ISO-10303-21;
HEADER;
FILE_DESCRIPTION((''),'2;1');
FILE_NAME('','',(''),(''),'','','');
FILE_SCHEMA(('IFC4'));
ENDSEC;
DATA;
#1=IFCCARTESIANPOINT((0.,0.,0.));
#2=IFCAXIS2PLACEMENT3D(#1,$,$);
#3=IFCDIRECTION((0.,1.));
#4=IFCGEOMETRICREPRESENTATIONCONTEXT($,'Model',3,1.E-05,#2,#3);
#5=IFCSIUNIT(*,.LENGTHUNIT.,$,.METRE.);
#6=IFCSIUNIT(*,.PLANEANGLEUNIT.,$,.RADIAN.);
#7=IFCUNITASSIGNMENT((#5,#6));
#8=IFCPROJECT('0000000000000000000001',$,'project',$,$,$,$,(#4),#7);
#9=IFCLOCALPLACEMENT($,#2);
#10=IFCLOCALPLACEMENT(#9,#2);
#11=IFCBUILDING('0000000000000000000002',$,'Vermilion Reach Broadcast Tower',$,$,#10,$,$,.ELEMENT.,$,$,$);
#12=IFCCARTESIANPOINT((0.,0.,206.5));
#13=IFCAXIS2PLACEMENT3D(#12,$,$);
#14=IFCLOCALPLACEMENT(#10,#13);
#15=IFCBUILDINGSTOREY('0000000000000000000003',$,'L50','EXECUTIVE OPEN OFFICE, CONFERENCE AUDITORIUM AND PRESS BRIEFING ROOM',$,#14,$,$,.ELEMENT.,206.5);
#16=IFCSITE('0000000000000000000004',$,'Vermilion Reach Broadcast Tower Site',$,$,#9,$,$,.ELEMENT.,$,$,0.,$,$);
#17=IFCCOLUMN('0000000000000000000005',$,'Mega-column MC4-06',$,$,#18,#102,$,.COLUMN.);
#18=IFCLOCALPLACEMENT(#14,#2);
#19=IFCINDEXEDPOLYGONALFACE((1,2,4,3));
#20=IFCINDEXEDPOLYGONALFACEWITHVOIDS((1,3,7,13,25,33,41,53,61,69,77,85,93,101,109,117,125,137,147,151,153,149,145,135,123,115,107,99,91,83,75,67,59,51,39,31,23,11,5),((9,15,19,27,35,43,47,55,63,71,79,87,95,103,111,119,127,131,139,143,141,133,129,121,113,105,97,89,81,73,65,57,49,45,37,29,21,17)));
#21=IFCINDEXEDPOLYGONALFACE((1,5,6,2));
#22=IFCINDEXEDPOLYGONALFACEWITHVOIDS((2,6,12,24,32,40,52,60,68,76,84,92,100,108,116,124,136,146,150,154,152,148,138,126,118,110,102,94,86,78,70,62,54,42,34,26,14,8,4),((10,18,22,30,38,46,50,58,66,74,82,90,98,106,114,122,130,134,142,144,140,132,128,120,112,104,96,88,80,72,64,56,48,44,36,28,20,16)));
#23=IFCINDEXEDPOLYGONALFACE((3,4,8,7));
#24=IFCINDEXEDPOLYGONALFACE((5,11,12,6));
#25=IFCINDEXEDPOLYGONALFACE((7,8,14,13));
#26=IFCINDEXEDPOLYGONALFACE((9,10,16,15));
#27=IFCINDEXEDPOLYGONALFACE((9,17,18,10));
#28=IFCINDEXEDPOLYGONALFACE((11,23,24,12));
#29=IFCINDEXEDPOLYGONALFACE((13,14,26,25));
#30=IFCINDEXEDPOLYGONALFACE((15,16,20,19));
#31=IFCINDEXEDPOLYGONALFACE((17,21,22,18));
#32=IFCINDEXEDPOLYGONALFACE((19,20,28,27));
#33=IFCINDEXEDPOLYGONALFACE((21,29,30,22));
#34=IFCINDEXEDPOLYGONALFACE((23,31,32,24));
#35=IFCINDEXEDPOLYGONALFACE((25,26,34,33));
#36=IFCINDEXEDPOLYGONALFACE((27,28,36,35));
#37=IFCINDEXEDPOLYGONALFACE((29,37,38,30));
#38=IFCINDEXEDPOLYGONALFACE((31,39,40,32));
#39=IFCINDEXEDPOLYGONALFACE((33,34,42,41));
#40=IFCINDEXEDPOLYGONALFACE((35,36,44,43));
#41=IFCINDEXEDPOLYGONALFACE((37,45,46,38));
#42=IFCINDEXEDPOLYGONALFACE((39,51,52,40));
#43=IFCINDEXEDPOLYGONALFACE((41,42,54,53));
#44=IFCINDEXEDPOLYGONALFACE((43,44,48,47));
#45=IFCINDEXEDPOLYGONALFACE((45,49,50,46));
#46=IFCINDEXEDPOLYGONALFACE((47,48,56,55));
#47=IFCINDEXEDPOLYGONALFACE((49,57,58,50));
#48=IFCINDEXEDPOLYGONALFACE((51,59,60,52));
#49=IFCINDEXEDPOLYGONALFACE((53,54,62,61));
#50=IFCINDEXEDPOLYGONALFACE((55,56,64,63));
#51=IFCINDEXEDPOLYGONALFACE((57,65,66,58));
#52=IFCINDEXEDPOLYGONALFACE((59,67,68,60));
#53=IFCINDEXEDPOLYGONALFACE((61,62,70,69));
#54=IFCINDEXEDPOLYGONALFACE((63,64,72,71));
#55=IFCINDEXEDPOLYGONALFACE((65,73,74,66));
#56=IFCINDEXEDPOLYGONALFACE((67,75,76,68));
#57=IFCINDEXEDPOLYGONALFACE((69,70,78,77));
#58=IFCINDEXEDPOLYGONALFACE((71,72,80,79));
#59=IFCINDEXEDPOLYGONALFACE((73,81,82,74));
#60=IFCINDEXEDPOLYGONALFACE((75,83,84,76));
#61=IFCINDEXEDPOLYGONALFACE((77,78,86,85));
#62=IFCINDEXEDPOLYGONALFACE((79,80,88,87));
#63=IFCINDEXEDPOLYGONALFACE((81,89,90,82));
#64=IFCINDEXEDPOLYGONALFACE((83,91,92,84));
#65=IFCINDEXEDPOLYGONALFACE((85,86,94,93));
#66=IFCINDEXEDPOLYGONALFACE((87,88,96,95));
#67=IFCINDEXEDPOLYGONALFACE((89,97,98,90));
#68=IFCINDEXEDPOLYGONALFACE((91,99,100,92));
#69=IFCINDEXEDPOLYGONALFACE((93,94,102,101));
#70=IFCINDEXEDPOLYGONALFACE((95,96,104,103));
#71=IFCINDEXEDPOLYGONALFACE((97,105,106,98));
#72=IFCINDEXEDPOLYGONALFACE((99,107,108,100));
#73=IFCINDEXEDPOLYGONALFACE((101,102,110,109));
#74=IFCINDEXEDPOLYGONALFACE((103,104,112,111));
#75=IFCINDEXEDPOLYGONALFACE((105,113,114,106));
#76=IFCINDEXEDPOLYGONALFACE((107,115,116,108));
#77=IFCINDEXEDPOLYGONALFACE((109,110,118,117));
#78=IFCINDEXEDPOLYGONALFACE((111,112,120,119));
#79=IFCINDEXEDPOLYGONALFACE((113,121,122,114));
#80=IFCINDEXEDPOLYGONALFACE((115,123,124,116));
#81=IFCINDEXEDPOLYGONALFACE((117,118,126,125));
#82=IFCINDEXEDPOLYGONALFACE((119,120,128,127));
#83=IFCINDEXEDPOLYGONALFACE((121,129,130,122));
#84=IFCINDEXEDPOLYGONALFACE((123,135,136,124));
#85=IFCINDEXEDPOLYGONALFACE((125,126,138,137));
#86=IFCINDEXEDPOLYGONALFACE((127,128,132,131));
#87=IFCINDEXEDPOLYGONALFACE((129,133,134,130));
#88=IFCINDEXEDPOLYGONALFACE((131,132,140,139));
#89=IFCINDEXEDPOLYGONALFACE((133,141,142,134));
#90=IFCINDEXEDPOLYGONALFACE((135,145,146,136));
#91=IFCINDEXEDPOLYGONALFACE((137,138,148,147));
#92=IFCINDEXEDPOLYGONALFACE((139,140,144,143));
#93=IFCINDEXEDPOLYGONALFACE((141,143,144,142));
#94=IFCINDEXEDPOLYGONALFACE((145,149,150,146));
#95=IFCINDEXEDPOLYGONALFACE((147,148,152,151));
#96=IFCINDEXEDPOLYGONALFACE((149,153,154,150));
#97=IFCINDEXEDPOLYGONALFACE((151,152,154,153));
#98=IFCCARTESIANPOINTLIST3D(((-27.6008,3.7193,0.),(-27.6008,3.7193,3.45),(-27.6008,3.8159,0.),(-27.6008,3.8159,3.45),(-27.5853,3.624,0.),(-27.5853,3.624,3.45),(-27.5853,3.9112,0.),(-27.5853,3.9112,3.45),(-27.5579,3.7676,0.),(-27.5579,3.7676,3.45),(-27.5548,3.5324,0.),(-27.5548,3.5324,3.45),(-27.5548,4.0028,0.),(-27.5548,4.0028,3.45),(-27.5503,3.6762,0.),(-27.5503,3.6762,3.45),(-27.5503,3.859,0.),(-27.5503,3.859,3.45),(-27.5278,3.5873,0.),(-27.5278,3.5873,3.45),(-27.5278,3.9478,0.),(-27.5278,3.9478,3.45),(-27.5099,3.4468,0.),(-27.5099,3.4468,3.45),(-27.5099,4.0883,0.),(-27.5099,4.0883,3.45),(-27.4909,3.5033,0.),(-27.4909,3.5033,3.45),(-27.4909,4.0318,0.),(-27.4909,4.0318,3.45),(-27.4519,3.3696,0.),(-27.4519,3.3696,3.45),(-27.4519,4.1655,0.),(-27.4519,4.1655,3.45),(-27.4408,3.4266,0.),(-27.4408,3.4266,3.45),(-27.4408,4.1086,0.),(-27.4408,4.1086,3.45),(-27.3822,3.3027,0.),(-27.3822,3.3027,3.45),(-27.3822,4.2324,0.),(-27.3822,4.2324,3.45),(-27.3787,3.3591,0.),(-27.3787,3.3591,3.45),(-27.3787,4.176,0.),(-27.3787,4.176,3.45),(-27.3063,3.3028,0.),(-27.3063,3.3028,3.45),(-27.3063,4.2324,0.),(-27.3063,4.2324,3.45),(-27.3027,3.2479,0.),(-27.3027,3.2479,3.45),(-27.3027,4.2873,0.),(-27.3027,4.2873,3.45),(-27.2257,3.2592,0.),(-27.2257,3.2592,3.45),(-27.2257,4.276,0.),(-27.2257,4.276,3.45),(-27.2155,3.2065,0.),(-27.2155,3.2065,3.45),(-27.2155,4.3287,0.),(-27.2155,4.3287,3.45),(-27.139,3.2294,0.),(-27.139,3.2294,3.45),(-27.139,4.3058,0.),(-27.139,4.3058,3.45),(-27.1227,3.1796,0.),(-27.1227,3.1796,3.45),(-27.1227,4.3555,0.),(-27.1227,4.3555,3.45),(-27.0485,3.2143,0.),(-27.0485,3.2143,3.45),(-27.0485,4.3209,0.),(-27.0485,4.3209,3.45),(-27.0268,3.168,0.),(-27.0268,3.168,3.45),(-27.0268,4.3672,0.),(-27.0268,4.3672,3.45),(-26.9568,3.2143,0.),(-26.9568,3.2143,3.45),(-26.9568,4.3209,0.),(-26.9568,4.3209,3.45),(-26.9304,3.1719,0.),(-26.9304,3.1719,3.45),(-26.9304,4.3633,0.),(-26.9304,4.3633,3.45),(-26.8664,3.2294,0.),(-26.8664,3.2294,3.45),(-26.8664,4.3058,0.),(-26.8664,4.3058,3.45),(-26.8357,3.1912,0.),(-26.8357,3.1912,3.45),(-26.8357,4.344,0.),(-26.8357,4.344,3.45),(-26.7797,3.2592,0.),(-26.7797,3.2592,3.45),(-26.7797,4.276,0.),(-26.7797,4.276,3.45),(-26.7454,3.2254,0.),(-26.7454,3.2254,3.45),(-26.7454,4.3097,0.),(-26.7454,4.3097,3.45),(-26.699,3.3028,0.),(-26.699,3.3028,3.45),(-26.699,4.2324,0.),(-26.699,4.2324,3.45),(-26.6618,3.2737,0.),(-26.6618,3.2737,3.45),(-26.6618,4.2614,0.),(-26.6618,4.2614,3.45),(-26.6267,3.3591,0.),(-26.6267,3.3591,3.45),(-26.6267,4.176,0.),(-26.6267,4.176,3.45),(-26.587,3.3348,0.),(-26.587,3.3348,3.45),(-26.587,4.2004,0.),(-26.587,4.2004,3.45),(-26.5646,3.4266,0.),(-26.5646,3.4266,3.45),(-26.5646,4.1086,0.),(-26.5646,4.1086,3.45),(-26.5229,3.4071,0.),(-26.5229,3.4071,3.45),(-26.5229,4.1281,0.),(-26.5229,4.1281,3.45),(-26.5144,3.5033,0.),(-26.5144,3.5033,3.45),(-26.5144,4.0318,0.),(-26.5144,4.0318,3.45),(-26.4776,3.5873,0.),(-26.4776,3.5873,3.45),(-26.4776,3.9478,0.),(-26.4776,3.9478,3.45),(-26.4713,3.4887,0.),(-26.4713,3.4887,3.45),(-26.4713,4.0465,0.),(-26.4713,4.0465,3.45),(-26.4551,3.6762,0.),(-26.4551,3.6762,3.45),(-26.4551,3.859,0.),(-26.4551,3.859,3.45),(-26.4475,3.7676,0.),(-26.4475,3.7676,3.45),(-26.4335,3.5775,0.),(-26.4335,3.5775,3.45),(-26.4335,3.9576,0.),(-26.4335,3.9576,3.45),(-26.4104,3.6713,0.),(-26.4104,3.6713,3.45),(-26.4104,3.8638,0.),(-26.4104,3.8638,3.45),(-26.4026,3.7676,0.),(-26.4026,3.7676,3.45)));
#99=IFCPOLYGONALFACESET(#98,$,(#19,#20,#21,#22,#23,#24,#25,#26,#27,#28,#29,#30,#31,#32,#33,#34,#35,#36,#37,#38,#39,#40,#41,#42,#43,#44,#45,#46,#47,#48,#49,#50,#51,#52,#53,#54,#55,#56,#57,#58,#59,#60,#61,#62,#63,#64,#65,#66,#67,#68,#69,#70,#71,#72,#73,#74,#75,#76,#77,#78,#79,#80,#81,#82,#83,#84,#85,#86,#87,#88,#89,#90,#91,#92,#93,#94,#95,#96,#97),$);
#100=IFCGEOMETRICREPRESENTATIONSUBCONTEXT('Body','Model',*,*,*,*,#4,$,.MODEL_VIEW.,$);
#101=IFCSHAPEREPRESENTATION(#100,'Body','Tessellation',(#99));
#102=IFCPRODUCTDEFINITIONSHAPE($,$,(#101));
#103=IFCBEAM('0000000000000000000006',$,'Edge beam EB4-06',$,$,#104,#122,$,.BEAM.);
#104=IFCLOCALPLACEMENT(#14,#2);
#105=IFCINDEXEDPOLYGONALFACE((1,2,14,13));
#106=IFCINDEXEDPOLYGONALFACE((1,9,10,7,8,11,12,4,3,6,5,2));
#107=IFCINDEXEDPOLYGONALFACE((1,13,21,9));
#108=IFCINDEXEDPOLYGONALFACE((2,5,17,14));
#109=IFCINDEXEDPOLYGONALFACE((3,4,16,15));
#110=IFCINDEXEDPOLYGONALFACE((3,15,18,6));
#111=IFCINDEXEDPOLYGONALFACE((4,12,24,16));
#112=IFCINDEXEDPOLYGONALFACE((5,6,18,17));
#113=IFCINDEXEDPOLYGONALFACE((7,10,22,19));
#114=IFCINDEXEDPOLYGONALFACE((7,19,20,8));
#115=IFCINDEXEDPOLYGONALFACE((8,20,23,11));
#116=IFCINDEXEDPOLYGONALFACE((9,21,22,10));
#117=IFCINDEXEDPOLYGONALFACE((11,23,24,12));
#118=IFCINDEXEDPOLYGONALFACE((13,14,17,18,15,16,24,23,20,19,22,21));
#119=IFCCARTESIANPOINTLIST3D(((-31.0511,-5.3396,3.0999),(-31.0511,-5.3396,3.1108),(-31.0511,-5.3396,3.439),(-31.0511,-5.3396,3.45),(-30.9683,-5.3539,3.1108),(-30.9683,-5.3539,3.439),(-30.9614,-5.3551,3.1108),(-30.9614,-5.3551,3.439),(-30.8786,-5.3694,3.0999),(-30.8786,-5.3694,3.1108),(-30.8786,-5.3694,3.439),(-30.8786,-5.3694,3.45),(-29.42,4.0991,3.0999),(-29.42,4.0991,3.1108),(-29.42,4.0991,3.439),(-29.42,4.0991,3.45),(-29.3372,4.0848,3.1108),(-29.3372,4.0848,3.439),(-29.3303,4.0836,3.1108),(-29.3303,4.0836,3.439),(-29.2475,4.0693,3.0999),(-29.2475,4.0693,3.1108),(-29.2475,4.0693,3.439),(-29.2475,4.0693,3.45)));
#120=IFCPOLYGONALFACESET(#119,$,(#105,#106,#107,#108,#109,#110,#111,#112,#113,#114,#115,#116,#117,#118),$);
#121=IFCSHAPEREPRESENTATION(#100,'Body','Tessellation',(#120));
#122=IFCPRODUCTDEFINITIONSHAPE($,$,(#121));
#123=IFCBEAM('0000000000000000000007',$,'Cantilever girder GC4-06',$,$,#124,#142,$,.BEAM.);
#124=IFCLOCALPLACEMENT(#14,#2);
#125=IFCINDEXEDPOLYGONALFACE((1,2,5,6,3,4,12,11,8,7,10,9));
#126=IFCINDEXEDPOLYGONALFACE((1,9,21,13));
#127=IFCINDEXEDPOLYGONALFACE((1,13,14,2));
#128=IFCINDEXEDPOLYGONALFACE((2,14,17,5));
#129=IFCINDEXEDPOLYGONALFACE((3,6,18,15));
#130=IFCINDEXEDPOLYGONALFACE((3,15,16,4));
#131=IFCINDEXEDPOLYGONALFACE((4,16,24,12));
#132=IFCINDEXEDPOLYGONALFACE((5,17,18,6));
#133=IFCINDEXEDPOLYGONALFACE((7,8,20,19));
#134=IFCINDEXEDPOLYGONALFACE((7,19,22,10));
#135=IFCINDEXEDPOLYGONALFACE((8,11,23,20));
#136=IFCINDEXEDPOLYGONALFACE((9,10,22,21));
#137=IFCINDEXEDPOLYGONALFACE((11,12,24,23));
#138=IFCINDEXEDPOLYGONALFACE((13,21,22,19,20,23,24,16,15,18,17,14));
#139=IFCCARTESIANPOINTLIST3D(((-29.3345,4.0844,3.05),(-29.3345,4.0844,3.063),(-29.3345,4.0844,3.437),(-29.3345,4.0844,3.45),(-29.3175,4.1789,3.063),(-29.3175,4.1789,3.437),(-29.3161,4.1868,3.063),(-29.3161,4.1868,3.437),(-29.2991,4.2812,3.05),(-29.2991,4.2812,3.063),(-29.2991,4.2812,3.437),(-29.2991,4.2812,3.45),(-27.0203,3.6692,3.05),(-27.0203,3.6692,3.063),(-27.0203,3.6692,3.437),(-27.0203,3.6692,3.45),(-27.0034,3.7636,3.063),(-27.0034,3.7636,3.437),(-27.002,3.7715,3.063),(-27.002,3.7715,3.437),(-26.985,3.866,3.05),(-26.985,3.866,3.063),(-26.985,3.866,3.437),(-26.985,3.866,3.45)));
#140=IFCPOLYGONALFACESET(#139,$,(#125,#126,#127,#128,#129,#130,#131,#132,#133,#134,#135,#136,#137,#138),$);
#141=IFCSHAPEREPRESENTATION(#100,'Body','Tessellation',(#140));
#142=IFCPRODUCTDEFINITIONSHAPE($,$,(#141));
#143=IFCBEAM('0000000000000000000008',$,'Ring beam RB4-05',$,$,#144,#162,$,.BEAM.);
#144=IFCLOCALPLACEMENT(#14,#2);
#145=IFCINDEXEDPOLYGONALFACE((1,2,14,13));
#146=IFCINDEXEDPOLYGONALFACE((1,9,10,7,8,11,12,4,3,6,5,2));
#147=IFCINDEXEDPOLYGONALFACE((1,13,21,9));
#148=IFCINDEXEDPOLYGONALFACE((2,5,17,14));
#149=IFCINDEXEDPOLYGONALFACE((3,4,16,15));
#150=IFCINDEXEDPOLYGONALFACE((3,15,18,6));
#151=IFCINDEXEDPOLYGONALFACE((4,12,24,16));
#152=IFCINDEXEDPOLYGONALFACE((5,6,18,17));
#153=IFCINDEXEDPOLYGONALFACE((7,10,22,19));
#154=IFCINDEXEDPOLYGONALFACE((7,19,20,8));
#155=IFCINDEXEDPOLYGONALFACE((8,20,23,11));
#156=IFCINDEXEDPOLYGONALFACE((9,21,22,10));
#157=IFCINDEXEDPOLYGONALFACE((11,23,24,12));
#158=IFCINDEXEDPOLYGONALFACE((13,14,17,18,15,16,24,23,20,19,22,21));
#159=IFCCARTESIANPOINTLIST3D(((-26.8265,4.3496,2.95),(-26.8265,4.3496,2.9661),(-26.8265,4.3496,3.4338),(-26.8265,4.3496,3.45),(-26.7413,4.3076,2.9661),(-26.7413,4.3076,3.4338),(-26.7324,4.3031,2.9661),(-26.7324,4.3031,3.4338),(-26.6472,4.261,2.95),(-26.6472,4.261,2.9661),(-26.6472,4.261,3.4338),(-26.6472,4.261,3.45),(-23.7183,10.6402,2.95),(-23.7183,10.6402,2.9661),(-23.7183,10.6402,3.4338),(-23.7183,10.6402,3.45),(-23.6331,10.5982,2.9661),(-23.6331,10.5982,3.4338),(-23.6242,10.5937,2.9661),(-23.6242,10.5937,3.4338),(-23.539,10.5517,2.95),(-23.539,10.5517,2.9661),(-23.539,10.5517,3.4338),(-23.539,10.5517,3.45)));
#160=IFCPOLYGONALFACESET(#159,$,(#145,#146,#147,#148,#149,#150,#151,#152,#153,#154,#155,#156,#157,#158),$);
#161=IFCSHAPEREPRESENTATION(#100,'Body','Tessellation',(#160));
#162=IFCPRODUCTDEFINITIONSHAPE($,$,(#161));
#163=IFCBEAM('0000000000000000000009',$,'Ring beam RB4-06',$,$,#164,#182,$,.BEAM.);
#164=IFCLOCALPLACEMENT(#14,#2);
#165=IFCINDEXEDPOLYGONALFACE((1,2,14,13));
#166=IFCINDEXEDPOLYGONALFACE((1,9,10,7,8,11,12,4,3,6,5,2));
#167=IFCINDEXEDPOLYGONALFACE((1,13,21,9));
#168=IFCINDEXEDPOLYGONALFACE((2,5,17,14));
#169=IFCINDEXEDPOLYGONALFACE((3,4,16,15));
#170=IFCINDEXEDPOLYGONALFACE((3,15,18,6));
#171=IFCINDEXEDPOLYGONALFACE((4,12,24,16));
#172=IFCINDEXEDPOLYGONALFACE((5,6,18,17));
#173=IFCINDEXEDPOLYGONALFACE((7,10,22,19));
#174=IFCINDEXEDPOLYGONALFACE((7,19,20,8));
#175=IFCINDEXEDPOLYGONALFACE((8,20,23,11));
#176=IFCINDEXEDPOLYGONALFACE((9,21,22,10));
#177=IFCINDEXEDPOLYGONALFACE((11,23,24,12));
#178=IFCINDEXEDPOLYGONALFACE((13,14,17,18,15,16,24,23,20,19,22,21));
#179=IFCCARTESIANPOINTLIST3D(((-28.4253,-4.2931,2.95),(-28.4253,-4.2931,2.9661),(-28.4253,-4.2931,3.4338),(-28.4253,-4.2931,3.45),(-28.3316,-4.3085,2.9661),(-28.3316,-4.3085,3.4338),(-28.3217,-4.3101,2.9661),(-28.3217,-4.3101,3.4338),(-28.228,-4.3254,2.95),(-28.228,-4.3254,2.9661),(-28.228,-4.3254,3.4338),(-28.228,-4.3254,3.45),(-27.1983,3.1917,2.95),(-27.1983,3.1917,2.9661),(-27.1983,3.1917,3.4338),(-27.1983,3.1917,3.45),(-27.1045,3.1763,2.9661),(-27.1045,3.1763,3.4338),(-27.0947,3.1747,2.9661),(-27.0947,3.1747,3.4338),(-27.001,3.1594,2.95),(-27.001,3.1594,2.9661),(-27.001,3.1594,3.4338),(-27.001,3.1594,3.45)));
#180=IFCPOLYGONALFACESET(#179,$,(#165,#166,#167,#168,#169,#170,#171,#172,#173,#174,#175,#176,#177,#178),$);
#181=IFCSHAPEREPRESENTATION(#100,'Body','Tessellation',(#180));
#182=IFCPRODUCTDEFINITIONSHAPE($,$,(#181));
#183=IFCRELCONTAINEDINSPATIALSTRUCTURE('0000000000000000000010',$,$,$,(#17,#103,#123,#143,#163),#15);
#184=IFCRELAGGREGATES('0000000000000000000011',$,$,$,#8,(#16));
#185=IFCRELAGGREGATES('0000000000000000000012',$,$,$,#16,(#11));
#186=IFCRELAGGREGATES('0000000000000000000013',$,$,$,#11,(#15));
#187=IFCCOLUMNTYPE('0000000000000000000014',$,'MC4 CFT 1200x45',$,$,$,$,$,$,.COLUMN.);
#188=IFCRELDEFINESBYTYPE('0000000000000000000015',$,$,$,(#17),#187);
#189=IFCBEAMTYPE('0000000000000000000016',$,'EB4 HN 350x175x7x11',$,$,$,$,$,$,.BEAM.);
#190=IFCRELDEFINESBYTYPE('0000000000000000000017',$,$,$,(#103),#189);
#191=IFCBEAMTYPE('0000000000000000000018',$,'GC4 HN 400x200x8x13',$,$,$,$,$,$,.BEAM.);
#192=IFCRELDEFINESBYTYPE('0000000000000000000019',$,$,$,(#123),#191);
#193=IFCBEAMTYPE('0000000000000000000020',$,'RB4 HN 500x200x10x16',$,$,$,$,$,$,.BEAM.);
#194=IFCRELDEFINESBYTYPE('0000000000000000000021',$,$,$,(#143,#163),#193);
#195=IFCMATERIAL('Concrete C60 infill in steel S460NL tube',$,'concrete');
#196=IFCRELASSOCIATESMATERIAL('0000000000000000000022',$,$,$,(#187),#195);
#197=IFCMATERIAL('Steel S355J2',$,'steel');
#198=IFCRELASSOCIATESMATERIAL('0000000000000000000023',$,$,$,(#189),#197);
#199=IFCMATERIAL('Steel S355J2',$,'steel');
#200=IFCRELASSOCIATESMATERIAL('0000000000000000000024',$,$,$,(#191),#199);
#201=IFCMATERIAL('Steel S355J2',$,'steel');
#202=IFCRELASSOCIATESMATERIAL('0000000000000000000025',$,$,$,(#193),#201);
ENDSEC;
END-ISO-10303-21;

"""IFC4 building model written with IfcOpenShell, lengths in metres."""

from ifc_helpers import new_model, si_unit, direction, frame, origin, origin_2d, place, context, subcontext, project, spatial, hollow_circle, i_section, extrude, material, material_profile, profile_set, type_object, element, save


model = new_model("IFC4")

# Units and contexts
model_context = context("Model", 3, precision=1e-05, world=origin(), true_north=direction((0.0, 1.0)))
body_context = subcontext(model_context, "Body", "Model", "MODEL_VIEW")
ifc_project = project(units=[si_unit("LENGTHUNIT", "METRE"), si_unit("PLANEANGLEUNIT", "RADIAN")], contexts=[model_context])

# Site, building, storey
site_placement = place(None, origin())
site = spatial("IfcSite", under=ifc_project, at=site_placement, Name="Vermilion Reach Broadcast Tower Site", CompositionType="ELEMENT", RefElevation=0.0)
building_placement = place(site_placement, origin())
building = spatial("IfcBuilding", under=site, at=building_placement, Name="Vermilion Reach Broadcast Tower", CompositionType="ELEMENT")
storey_placement = place(building_placement, frame((0.0, 0.0, 206.5)))
storey = spatial("IfcBuildingStorey", under=building, at=storey_placement, Name="L50", Description="EXECUTIVE OPEN OFFICE, CONFERENCE AUDITORIUM AND PRESS BRIEFING ROOM", CompositionType="ELEMENT", Elevation=206.5)

# Column
ifc_material_1 = material(Name="Concrete C60 infill in steel S460NL tube", Category="concrete")
ifc_material_profile_1 = material_profile(ifc_material_1, hollow_circle(Radius=0.6001, WallThickness=0.0449, at=origin_2d()), Name="Concrete C60 infill in steel S460NL tube CFT 1200x45")
ifc_profile_set_1 = profile_set([ifc_material_profile_1], Name="Concrete C60 infill in steel S460NL tube")
column_type = type_object("IfcColumnType", Name="MC4 CFT 1200x45", PredefinedType="COLUMN", material=ifc_profile_set_1)
column_placement = place(storey_placement, frame((-27.0027, 3.7676, 0.0), z_axis=(0.0, 0.0, 1.0), x_axis=(1.0, 0.0, 0.0)))
element("IfcColumn", 1, at=column_placement, inside=storey, type_object=column_type, Name="Mega-column MC4-06", PredefinedType="COLUMN", context=body_context, shape_type="SweptSolid", body=[
    extrude(hollow_circle(Radius=0.6001, WallThickness=0.0449, at=origin_2d()), origin(), (0.0, 0.0, 1.0), 3.45),
])

# Beams
ifc_material_2 = material(Name="Steel S355J2", Category="steel")
ifc_material_profile_2 = material_profile(ifc_material_2, i_section(OverallWidth=0.175, OverallDepth=0.3501, WebThickness=0.0071, FlangeThickness=0.011, at=origin_2d()), Name="S355J2 HN 350x175x7x11")
ifc_profile_set_2 = profile_set([ifc_material_profile_2], Name="Steel S355J2")
beam_type_1 = type_object("IfcBeamType", Name="EB4 HN 350x175x7x11", PredefinedType="BEAM", material=ifc_profile_set_2)
beam_1_placement = place(storey_placement, frame((-29.3337, 4.0842, 3.2749), z_axis=(-0.170286, -0.985395, 0.0), x_axis=(0.985395, -0.170286, 0.0)))
element("IfcBeam", 2, at=beam_1_placement, inside=storey, type_object=beam_type_1, Name="Edge beam EB4-06", PredefinedType="BEAM", context=body_context, shape_type="SweptSolid", body=[
    extrude(i_section(OverallWidth=0.175, OverallDepth=0.3501, WebThickness=0.0071, FlangeThickness=0.011, at=origin_2d()), origin(), (0.0, 0.0, 1.0), 9.5786),
])
ifc_material_3 = material(Name="Steel S355J2", Category="steel")
ifc_material_profile_3 = material_profile(ifc_material_3, i_section(OverallWidth=0.2, OverallDepth=0.3999, WebThickness=0.0081, FlangeThickness=0.0129, at=origin_2d()), Name="S355J2 HN 400x200x8x13")
ifc_profile_set_3 = profile_set([ifc_material_profile_3], Name="Steel S355J2")
beam_type_2 = type_object("IfcBeamType", Name="GC4 HN 400x200x8x13", PredefinedType="BEAM", material=ifc_profile_set_3)
beam_2_placement = place(storey_placement, frame((-27.0027, 3.7676, 3.25), z_axis=(-0.984278, 0.176628, 0.0), x_axis=(-0.176628, -0.984278, 0.0)))
element("IfcBeam", 3, at=beam_2_placement, inside=storey, type_object=beam_type_2, Name="Cantilever girder GC4-06", PredefinedType="BEAM", context=body_context, shape_type="SweptSolid", body=[
    extrude(i_section(OverallWidth=0.2, OverallDepth=0.3999, WebThickness=0.0081, FlangeThickness=0.0129, at=origin_2d()), origin(), (0.0, 0.0, 1.0), 2.3511),
])
ifc_material_4 = material(Name="Steel S355J2", Category="steel")
ifc_material_profile_4 = material_profile(ifc_material_4, i_section(OverallWidth=0.2, OverallDepth=0.5, WebThickness=0.01, FlangeThickness=0.0161, at=origin_2d()), Name="S355J2 HN 500x200x10x16")
ifc_profile_set_4 = profile_set([ifc_material_profile_4], Name="Steel S355J2")
beam_type_3 = type_object("IfcBeamType", Name="RB4 HN 500x200x10x16", PredefinedType="BEAM", material=ifc_profile_set_4)
beam_3_placement = place(storey_placement, frame((-23.6287, 10.5959, 3.2), z_axis=(-0.442977, -0.896533, 0.0), x_axis=(0.896533, -0.442977, 0.0)))
element("IfcBeam", 4, at=beam_3_placement, inside=storey, type_object=beam_type_3, Name="Ring beam RB4-05", PredefinedType="BEAM", context=body_context, shape_type="SweptSolid", body=[
    extrude(i_section(OverallWidth=0.2, OverallDepth=0.5, WebThickness=0.01, FlangeThickness=0.0161, at=origin_2d()), origin(), (0.0, 0.0, 1.0), 7.0166),
])
beam_4_placement = place(storey_placement, frame((-27.0996, 3.1755, 3.2), z_axis=(-0.161778, -0.986827, 0.0), x_axis=(0.986827, -0.161778, 0.0)))
element("IfcBeam", 5, at=beam_4_placement, inside=storey, type_object=beam_type_3, Name="Ring beam RB4-06", PredefinedType="BEAM", context=body_context, shape_type="SweptSolid", body=[
    extrude(i_section(OverallWidth=0.2, OverallDepth=0.5, WebThickness=0.01, FlangeThickness=0.0161, at=origin_2d()), origin(), (0.0, 0.0, 1.0), 7.5847),
])

save(model, "model.ifc")
